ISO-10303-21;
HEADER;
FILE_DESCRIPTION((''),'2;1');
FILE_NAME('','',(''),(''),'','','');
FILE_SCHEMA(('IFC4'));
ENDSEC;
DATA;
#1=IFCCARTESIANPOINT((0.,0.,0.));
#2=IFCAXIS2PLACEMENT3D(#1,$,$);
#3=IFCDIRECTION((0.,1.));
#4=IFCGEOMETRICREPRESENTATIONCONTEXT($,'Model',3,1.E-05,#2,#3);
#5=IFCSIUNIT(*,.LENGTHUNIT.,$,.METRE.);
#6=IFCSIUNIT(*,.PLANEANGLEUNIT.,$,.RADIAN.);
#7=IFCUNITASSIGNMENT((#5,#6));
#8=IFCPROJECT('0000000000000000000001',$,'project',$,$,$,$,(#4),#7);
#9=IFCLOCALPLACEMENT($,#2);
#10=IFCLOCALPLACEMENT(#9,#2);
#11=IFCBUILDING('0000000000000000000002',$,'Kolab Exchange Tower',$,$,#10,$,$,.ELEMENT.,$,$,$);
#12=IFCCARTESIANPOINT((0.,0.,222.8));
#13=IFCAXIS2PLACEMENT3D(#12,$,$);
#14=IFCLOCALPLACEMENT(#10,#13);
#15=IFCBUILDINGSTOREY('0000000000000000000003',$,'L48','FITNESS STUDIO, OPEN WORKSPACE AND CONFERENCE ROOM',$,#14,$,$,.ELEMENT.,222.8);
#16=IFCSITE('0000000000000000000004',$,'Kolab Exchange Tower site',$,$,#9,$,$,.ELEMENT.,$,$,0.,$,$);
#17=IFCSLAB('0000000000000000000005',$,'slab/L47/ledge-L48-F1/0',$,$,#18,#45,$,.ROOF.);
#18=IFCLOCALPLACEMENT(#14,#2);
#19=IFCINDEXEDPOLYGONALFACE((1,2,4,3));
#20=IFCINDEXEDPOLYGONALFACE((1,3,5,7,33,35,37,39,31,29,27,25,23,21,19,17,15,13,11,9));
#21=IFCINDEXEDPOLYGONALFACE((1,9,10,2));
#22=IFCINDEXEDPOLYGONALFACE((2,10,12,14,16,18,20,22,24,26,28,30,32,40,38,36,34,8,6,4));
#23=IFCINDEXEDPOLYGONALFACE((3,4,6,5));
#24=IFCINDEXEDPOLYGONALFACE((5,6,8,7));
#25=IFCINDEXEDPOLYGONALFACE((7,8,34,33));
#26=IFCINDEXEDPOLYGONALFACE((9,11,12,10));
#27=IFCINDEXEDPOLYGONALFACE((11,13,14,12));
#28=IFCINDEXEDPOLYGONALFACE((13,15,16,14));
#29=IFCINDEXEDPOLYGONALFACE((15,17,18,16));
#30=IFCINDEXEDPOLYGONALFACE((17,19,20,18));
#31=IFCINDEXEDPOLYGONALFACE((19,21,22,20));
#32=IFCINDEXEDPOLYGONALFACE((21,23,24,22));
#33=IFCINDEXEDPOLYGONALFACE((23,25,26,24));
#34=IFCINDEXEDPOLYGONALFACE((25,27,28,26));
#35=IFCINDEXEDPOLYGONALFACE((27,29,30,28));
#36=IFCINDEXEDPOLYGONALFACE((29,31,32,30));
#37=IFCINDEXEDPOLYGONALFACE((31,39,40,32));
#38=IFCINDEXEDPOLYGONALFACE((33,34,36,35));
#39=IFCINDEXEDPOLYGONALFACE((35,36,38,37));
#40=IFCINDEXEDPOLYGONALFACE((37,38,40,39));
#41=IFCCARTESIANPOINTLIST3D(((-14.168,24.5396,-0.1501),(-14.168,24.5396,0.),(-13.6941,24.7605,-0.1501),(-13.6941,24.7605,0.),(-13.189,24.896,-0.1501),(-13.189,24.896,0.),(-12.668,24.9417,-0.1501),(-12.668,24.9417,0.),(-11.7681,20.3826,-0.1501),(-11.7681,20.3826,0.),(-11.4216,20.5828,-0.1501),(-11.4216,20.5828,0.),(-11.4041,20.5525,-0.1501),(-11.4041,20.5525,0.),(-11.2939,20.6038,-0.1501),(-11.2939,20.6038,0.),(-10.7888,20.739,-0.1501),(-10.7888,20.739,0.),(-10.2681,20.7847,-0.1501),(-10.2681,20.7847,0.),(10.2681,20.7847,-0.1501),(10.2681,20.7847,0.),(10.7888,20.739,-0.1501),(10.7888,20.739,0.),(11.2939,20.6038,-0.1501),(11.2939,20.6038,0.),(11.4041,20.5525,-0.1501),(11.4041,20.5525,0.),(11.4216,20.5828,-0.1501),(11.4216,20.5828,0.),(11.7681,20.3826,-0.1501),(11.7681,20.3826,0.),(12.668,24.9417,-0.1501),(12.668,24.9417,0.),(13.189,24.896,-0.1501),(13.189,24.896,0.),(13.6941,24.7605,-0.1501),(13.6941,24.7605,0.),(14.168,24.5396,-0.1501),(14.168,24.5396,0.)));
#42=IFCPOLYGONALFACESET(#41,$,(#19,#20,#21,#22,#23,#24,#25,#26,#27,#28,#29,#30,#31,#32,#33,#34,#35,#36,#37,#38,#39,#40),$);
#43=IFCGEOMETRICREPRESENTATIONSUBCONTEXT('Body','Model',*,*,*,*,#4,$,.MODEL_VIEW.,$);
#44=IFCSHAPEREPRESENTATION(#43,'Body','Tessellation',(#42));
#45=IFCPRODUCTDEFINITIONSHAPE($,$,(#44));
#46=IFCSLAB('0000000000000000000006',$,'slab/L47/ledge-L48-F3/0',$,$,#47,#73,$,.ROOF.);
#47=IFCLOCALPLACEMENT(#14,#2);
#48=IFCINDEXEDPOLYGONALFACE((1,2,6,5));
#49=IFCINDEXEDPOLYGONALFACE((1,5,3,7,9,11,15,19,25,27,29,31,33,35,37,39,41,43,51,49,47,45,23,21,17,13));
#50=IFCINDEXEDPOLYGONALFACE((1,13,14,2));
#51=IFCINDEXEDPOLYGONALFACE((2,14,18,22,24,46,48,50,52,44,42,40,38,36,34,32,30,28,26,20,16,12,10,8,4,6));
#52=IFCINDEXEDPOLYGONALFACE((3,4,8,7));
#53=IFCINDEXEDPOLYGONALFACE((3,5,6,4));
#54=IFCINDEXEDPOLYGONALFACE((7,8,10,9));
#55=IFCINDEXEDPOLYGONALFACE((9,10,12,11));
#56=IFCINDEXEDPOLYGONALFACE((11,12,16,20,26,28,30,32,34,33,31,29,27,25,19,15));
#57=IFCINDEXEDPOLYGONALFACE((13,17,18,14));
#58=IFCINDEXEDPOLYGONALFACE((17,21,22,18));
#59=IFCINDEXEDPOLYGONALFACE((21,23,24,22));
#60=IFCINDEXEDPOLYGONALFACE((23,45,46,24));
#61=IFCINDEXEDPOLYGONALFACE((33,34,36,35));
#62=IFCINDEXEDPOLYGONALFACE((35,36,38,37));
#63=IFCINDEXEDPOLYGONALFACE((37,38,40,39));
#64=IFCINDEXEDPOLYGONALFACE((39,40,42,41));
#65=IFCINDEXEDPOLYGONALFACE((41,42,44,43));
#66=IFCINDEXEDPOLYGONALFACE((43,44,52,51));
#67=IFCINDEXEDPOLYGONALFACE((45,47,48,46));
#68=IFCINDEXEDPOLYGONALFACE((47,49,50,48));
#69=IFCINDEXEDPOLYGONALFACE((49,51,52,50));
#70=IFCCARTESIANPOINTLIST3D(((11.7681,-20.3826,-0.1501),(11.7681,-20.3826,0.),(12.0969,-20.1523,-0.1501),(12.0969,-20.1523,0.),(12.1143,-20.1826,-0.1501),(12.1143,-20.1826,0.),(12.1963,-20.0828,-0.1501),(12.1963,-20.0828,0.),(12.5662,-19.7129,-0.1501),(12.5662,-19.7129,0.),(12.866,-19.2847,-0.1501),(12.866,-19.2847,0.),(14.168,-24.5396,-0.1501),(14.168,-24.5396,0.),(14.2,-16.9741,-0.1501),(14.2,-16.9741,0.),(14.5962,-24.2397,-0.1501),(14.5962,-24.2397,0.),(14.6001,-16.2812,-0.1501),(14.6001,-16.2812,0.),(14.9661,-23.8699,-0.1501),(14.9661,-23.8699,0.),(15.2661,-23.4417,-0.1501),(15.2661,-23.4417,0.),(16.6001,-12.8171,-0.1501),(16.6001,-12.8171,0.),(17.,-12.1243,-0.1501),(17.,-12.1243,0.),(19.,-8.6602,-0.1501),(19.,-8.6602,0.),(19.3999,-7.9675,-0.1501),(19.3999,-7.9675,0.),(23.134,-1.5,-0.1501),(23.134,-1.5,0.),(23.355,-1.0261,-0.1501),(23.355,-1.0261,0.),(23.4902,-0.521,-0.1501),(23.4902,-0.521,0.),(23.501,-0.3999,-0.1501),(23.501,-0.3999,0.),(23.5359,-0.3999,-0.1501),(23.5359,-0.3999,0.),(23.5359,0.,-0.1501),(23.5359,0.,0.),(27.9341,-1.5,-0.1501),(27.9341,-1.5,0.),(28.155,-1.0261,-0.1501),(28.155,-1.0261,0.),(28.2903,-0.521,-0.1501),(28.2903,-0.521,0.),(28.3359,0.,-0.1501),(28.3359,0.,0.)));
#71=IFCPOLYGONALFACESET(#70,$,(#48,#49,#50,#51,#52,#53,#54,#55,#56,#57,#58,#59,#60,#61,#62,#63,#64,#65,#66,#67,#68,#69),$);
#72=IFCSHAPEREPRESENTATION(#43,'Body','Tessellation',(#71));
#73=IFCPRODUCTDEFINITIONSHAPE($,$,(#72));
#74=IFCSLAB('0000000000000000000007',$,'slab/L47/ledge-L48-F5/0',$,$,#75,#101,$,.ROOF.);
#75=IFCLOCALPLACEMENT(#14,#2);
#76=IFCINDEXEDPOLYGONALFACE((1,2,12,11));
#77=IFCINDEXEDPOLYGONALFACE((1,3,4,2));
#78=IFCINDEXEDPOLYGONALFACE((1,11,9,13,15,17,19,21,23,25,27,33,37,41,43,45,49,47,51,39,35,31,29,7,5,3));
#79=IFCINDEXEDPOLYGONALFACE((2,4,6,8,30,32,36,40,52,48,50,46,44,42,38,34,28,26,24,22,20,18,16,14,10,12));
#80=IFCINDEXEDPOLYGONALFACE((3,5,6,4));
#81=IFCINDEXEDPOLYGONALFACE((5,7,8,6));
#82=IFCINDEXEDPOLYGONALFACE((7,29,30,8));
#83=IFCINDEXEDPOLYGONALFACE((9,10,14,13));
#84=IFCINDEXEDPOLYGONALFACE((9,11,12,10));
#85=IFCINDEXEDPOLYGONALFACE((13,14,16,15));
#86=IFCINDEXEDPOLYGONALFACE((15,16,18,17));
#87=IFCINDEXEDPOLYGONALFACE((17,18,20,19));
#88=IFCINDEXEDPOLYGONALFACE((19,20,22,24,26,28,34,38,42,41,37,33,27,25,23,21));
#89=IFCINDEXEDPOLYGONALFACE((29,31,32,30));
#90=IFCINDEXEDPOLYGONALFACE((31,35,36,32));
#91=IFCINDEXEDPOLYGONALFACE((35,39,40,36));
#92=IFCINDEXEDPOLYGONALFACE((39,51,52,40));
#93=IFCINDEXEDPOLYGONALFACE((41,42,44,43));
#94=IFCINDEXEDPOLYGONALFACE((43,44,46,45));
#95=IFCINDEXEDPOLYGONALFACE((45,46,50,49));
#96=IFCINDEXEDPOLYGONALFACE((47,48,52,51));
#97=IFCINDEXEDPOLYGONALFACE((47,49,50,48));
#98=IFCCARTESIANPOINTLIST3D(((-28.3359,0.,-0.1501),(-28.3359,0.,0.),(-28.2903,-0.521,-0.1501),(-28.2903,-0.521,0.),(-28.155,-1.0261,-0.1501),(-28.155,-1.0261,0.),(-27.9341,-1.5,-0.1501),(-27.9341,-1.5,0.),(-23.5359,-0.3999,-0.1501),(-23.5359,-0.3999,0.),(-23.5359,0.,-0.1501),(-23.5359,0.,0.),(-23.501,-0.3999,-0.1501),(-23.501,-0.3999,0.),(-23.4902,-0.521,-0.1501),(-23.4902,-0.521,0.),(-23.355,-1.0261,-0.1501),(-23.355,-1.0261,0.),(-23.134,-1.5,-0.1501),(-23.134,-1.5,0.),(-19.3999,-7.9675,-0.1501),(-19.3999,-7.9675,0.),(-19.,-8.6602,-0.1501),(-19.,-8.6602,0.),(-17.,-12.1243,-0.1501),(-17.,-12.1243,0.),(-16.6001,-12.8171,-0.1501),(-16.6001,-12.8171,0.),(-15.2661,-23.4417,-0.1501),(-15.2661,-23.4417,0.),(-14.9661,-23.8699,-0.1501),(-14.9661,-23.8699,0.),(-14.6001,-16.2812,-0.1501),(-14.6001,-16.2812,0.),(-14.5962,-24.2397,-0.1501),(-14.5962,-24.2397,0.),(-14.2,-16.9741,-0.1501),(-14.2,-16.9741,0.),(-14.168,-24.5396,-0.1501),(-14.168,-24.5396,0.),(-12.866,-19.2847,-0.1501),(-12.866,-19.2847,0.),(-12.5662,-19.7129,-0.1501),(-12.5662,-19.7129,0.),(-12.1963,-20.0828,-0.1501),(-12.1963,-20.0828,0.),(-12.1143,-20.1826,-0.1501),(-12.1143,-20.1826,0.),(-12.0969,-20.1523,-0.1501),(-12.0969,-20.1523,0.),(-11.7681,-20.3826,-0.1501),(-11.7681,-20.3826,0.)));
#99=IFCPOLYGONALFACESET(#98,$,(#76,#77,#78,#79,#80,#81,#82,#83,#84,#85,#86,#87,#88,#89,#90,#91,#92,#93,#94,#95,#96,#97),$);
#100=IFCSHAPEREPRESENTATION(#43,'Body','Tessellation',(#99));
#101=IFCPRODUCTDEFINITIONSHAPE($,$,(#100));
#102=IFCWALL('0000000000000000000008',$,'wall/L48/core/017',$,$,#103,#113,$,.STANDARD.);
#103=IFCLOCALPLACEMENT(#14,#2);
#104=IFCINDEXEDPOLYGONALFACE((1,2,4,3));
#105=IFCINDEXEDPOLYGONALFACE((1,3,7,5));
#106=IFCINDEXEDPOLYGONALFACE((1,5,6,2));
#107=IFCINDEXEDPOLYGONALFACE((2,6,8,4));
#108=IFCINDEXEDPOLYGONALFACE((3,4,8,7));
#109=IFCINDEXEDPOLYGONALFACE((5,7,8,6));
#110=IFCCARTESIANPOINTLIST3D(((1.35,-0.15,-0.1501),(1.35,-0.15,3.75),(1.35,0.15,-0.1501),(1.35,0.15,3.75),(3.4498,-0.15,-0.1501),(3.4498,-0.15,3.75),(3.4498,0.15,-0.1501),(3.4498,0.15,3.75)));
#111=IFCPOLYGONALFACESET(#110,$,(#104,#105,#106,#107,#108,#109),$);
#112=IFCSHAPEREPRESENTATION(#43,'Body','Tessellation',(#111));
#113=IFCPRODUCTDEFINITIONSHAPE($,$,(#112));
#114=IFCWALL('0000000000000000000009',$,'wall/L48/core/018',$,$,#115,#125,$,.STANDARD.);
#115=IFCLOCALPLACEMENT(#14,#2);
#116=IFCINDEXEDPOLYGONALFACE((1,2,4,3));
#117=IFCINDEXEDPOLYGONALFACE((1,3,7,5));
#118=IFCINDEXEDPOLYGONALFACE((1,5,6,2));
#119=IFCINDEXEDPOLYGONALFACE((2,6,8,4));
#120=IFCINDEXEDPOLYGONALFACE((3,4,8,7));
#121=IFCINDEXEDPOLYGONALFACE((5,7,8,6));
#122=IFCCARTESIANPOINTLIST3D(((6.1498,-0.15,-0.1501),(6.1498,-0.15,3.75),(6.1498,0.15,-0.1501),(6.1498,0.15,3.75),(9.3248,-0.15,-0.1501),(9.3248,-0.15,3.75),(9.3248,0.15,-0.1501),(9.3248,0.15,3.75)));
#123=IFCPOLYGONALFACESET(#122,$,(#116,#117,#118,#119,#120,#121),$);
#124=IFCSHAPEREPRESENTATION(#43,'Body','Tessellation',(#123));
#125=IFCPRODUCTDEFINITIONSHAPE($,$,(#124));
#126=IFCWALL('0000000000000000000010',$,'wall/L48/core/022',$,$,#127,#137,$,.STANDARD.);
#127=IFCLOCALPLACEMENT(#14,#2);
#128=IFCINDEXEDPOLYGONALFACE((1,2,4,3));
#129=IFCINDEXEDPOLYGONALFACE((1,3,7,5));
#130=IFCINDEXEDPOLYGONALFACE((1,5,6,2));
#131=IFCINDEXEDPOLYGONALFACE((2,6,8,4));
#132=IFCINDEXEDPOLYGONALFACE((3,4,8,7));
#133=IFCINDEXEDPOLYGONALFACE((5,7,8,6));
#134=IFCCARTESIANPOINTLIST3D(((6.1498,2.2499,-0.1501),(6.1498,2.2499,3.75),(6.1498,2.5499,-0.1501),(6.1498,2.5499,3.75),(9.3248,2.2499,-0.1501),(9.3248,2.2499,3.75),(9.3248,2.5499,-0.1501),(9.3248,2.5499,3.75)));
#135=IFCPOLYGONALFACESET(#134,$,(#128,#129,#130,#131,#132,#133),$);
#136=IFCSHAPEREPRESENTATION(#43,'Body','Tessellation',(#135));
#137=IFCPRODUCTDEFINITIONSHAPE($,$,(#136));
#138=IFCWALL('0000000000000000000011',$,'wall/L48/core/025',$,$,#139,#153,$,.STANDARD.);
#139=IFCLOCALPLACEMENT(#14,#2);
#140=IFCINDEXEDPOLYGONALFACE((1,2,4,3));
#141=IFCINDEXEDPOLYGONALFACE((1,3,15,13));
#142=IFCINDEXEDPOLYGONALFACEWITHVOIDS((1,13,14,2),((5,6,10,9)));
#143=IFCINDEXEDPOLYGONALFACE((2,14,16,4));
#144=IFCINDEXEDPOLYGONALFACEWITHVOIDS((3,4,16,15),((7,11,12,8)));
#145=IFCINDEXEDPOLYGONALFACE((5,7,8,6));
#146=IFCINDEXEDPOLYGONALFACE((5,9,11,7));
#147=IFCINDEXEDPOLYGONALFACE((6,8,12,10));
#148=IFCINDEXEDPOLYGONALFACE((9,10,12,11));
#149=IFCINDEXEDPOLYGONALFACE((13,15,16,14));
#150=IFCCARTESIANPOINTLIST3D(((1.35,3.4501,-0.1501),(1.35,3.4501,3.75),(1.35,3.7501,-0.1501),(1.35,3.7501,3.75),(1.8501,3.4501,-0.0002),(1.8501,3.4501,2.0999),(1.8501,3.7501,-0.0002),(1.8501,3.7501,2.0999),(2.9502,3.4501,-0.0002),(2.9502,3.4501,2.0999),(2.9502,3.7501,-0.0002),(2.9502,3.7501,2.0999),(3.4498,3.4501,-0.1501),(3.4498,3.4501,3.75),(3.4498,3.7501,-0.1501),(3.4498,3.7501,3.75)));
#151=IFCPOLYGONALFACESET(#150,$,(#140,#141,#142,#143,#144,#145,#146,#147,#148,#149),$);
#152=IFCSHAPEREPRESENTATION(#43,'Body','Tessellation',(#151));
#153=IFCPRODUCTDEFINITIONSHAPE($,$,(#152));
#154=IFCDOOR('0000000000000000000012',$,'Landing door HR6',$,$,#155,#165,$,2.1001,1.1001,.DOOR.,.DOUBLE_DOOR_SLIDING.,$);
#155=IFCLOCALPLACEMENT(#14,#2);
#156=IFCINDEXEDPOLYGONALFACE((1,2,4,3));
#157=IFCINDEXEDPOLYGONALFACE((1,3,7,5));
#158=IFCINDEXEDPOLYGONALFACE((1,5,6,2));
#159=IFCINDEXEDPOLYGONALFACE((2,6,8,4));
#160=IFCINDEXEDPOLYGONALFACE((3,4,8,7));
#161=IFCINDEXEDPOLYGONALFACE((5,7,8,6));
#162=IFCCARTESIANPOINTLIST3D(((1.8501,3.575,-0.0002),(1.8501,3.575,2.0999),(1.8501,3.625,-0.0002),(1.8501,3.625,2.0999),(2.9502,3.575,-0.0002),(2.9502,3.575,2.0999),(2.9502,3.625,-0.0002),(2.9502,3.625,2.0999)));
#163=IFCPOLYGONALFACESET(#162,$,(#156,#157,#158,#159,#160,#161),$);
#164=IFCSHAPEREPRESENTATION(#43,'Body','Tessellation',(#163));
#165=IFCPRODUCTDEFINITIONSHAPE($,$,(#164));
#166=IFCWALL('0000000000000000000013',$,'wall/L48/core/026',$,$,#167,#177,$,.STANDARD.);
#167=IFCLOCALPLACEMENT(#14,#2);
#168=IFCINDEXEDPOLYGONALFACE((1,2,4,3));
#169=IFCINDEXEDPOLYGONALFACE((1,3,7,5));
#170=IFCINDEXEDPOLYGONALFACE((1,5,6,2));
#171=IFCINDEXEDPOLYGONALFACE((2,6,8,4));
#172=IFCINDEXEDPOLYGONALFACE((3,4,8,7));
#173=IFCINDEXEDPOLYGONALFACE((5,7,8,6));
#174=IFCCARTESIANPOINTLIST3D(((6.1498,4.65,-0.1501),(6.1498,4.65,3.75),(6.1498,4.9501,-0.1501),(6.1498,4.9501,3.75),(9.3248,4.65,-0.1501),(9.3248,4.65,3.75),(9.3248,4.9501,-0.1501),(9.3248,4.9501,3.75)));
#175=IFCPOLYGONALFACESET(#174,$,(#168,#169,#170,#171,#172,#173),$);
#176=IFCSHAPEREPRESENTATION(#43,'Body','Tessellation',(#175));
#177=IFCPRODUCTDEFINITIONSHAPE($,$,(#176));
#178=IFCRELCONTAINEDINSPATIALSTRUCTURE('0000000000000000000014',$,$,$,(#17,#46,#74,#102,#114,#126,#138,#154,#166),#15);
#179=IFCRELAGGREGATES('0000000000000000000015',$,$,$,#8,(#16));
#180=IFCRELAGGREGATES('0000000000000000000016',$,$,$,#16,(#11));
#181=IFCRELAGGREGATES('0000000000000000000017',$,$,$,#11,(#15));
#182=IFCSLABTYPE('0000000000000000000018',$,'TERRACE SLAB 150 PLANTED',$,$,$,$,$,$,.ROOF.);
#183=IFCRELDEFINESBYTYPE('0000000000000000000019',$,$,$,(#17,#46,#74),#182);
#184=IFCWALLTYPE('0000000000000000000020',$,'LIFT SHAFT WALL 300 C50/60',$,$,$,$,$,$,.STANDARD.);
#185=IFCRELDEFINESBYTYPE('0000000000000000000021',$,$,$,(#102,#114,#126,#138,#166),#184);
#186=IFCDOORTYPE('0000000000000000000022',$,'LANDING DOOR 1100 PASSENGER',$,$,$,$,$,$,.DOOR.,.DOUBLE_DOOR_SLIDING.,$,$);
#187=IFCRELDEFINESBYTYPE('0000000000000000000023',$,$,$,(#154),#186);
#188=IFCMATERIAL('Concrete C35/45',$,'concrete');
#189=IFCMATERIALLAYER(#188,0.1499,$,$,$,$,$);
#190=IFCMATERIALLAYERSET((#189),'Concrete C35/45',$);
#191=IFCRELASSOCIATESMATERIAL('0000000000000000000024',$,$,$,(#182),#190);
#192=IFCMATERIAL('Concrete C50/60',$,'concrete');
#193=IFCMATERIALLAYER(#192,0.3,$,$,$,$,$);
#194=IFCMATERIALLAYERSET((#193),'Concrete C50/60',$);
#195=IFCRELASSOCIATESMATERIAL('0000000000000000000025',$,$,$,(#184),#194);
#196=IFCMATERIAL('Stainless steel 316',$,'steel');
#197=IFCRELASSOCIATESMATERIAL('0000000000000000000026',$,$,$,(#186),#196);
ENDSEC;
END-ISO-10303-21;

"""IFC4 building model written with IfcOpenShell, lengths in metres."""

from ifc_helpers import new_model, si_unit, direction, frame, frame_2d, origin, place, context, subcontext, project, spatial, polyline, rectangle, outline, extrude, material, layer, layer_set, type_object, element, fill, save


model = new_model("IFC4")

# Units and contexts
model_context = context("Model", 3, precision=1e-05, world=origin(), true_north=direction((0.0, 1.0)))
body_context = subcontext(model_context, "Body", "Model", "MODEL_VIEW")
ifc_project = project(units=[si_unit("LENGTHUNIT", "METRE"), si_unit("PLANEANGLEUNIT", "RADIAN")], contexts=[model_context])

# Site, building, storey
site_placement = place(None, origin())
site = spatial("IfcSite", under=ifc_project, at=site_placement, Name="Kolab Exchange Tower site", CompositionType="ELEMENT", RefElevation=0.0)
building_placement = place(site_placement, origin())
building = spatial("IfcBuilding", under=site, at=building_placement, Name="Kolab Exchange Tower", CompositionType="ELEMENT")
storey_placement = place(building_placement, frame((0.0, 0.0, 222.8)))
storey = spatial("IfcBuildingStorey", under=building, at=storey_placement, Name="L48", Description="FITNESS STUDIO, OPEN WORKSPACE AND CONFERENCE ROOM", CompositionType="ELEMENT", Elevation=222.8)

# Shared definitions
ifc_material_1 = material(Name="Concrete C35/45", Category="concrete")

# Shared definitions
ifc_material_2 = material(Name="Concrete C50/60", Category="concrete")

# Slabs
ifc_layer_1 = layer(ifc_material_1, 0.1499)
ifc_layer_set_1 = layer_set([ifc_layer_1], Name="Concrete C35/45")
slab_type_1 = type_object("IfcSlabType", Name="TERRACE SLAB 150 PLANTED", PredefinedType="ROOF", material=ifc_layer_set_1)
slab_1_placement = place(storey_placement, frame((0.0, 0.0, -0.1501)))
element("IfcSlab", 1, at=slab_1_placement, inside=storey, type_object=slab_type_1, Name="slab/L47/ledge-L48-F1/0", PredefinedType="ROOF", context=body_context, shape_type="SweptSolid", body=[
    extrude(outline(polyline([(-14.168, 24.5396), (-11.7681, 20.3826), (-11.4216, 20.5828), (-11.4041, 20.5525), (-11.2939, 20.6038), (-10.7888, 20.739), (-10.2681, 20.7847), (10.2681, 20.7847), (10.7888, 20.739), (11.2939, 20.6038), (11.4041, 20.5525), (11.4216, 20.5828), (11.7681, 20.3826), (14.168, 24.5396), (13.6941, 24.7605), (13.189, 24.896), (12.668, 24.9417), (-12.668, 24.9417), (-13.189, 24.896), (-13.6941, 24.7605), (-14.168, 24.5396)])), origin(), (0.0, 0.0, 1.0), 0.1501),
])
slab_2_placement = place(storey_placement, frame((0.0, 0.0, -0.1501)))
element("IfcSlab", 2, at=slab_2_placement, inside=storey, type_object=slab_type_1, Name="slab/L47/ledge-L48-F3/0", PredefinedType="ROOF", context=body_context, shape_type="SweptSolid", body=[
    extrude(outline(polyline([(28.3359, 0.0), (23.5359, 0.0), (23.5359, -0.3999), (23.501, -0.3999), (23.4902, -0.521), (23.355, -1.0261), (23.134, -1.5), (19.3999, -7.9675), (19.0, -8.6602), (17.0, -12.1243), (16.6001, -12.8171), (14.6001, -16.2812), (14.2, -16.9741), (12.866, -19.2847), (12.5662, -19.7129), (12.1963, -20.0828), (12.0969, -20.1523), (12.1143, -20.1826), (11.7681, -20.3826), (14.168, -24.5396), (14.5962, -24.2397), (14.9661, -23.8699), (15.2661, -23.4417), (27.9341, -1.5), (28.155, -1.0261), (28.2903, -0.521), (28.3359, 0.0)])), origin(), (0.0, 0.0, 1.0), 0.1501),
])
slab_3_placement = place(storey_placement, frame((0.0, 0.0, -0.1501)))
element("IfcSlab", 3, at=slab_3_placement, inside=storey, type_object=slab_type_1, Name="slab/L47/ledge-L48-F5/0", PredefinedType="ROOF", context=body_context, shape_type="SweptSolid", body=[
    extrude(outline(polyline([(-14.168, -24.5396), (-11.7681, -20.3826), (-12.1143, -20.1826), (-12.0969, -20.1523), (-12.1963, -20.0828), (-12.5662, -19.7129), (-12.866, -19.2847), (-14.2, -16.9741), (-14.6001, -16.2812), (-16.6001, -12.8171), (-17.0, -12.1243), (-19.0, -8.6602), (-19.3999, -7.9675), (-23.134, -1.5), (-23.355, -1.0261), (-23.4902, -0.521), (-23.501, -0.3999), (-23.5359, -0.3999), (-23.5359, 0.0), (-28.3359, 0.0), (-28.2903, -0.521), (-28.155, -1.0261), (-27.9341, -1.5), (-15.2661, -23.4417), (-14.9661, -23.8699), (-14.5962, -24.2397), (-14.168, -24.5396)])), origin(), (0.0, 0.0, 1.0), 0.1501),
])

# Walls
ifc_layer_2 = layer(ifc_material_2, 0.3)
ifc_layer_set_2 = layer_set([ifc_layer_2], Name="Concrete C50/60")
wall_type = type_object("IfcWallType", Name="LIFT SHAFT WALL 300 C50/60", PredefinedType="STANDARD", material=ifc_layer_set_2)
wall_1_placement = place(storey_placement, frame((1.3501, 0.0, -0.1501), z_axis=(0.0, 0.0, 1.0), x_axis=(1.0, 0.0, 0.0)))
element("IfcWall", 4, at=wall_1_placement, inside=storey, type_object=wall_type, Name="wall/L48/core/017", PredefinedType="STANDARD", context=body_context, shape_type="SweptSolid", body=[
    extrude(rectangle(XDim=2.0999, YDim=0.3, at=frame_2d((1.0498, 0.0))), origin(), (0.0, 0.0, 1.0), 3.9001),
])
for number, where, z_axis, x_axis, name in (
    (5, (6.1499, 0.0, -0.1501), (0.0, 0.0, 1.0), (1.0, 0.0, 0.0), "wall/L48/core/018"),
    (6, (6.1499, 2.3999, -0.1501), (0.0, 0.0, 1.0), (1.0, 0.0, 0.0), "wall/L48/core/022"),
):
    element("IfcWall", number, at=place(storey_placement, frame(where, z_axis=z_axis, x_axis=x_axis)), inside=storey, type_object=wall_type, Name=name, PredefinedType="STANDARD", context=body_context, shape_type="SweptSolid", body=[
        extrude(rectangle(XDim=3.175, YDim=0.3, at=frame_2d((1.5874, 0.0))), origin(), (0.0, 0.0, 1.0), 3.9001),
    ])

# Wall, opening, door
wall_2_placement = place(storey_placement, frame((1.3501, 3.6001, -0.1501), z_axis=(0.0, 0.0, 1.0), x_axis=(1.0, 0.0, 0.0)))
wall_2 = element("IfcWall", 7, at=wall_2_placement, inside=storey, type_object=wall_type, Name="wall/L48/core/025", PredefinedType="STANDARD", context=body_context, shape_type="SweptSolid", body=[
    extrude(rectangle(XDim=2.0999, YDim=0.3, at=frame_2d((1.0498, 0.0))), origin(), (0.0, 0.0, 1.0), 3.9001),
])
opening_1_placement = place(wall_2_placement, frame((0.5, 0.0, 0.1499)))
opening_1 = element("IfcOpeningElement", 8, at=opening_1_placement, cuts=wall_2, PredefinedType="OPENING", context=body_context, shape_type="SweptSolid", body=[
    extrude(rectangle(XDim=1.1001, YDim=2.1001, at=frame_2d((0.55, 1.05))), frame((0.0, 0.1602, 0.0), z_axis=(0.0, -1.0, 0.0), x_axis=(1.0, 0.0, 0.0)), (0.0, 0.0, 1.0), 0.3201),
])
ifc_material_3 = material(Name="Stainless steel 316", Category="steel")
door_type = type_object("IfcDoorType", Name="LANDING DOOR 1100 PASSENGER", OperationType="DOUBLE_DOOR_SLIDING", PredefinedType="DOOR", material=ifc_material_3)
door_1_placement = place(opening_1_placement, origin())
door_1 = element("IfcDoor", 9, at=door_1_placement, inside=storey, type_object=door_type, Name="Landing door HR6", OperationType="DOUBLE_DOOR_SLIDING", OverallHeight=2.1001, OverallWidth=1.1001, PredefinedType="DOOR", context=body_context, shape_type="SweptSolid", body=[
    extrude(rectangle(XDim=1.1001, YDim=2.1001, at=frame_2d((0.55, 1.05))), frame((0.0, 0.0249, 0.0), z_axis=(0.0, -1.0, 0.0), x_axis=(1.0, 0.0, 0.0)), (0.0, 0.0, 1.0), 0.05),
])
fill(opening_1, door_1)

# Wall
wall_3_placement = place(storey_placement, frame((6.1499, 4.8, -0.1501), z_axis=(0.0, 0.0, 1.0), x_axis=(1.0, 0.0, 0.0)))
element("IfcWall", 10, at=wall_3_placement, inside=storey, type_object=wall_type, Name="wall/L48/core/026", PredefinedType="STANDARD", context=body_context, shape_type="SweptSolid", body=[
    extrude(rectangle(XDim=3.175, YDim=0.3, at=frame_2d((1.5874, 0.0))), origin(), (0.0, 0.0, 1.0), 3.9001),
])

save(model, "model.ifc")
